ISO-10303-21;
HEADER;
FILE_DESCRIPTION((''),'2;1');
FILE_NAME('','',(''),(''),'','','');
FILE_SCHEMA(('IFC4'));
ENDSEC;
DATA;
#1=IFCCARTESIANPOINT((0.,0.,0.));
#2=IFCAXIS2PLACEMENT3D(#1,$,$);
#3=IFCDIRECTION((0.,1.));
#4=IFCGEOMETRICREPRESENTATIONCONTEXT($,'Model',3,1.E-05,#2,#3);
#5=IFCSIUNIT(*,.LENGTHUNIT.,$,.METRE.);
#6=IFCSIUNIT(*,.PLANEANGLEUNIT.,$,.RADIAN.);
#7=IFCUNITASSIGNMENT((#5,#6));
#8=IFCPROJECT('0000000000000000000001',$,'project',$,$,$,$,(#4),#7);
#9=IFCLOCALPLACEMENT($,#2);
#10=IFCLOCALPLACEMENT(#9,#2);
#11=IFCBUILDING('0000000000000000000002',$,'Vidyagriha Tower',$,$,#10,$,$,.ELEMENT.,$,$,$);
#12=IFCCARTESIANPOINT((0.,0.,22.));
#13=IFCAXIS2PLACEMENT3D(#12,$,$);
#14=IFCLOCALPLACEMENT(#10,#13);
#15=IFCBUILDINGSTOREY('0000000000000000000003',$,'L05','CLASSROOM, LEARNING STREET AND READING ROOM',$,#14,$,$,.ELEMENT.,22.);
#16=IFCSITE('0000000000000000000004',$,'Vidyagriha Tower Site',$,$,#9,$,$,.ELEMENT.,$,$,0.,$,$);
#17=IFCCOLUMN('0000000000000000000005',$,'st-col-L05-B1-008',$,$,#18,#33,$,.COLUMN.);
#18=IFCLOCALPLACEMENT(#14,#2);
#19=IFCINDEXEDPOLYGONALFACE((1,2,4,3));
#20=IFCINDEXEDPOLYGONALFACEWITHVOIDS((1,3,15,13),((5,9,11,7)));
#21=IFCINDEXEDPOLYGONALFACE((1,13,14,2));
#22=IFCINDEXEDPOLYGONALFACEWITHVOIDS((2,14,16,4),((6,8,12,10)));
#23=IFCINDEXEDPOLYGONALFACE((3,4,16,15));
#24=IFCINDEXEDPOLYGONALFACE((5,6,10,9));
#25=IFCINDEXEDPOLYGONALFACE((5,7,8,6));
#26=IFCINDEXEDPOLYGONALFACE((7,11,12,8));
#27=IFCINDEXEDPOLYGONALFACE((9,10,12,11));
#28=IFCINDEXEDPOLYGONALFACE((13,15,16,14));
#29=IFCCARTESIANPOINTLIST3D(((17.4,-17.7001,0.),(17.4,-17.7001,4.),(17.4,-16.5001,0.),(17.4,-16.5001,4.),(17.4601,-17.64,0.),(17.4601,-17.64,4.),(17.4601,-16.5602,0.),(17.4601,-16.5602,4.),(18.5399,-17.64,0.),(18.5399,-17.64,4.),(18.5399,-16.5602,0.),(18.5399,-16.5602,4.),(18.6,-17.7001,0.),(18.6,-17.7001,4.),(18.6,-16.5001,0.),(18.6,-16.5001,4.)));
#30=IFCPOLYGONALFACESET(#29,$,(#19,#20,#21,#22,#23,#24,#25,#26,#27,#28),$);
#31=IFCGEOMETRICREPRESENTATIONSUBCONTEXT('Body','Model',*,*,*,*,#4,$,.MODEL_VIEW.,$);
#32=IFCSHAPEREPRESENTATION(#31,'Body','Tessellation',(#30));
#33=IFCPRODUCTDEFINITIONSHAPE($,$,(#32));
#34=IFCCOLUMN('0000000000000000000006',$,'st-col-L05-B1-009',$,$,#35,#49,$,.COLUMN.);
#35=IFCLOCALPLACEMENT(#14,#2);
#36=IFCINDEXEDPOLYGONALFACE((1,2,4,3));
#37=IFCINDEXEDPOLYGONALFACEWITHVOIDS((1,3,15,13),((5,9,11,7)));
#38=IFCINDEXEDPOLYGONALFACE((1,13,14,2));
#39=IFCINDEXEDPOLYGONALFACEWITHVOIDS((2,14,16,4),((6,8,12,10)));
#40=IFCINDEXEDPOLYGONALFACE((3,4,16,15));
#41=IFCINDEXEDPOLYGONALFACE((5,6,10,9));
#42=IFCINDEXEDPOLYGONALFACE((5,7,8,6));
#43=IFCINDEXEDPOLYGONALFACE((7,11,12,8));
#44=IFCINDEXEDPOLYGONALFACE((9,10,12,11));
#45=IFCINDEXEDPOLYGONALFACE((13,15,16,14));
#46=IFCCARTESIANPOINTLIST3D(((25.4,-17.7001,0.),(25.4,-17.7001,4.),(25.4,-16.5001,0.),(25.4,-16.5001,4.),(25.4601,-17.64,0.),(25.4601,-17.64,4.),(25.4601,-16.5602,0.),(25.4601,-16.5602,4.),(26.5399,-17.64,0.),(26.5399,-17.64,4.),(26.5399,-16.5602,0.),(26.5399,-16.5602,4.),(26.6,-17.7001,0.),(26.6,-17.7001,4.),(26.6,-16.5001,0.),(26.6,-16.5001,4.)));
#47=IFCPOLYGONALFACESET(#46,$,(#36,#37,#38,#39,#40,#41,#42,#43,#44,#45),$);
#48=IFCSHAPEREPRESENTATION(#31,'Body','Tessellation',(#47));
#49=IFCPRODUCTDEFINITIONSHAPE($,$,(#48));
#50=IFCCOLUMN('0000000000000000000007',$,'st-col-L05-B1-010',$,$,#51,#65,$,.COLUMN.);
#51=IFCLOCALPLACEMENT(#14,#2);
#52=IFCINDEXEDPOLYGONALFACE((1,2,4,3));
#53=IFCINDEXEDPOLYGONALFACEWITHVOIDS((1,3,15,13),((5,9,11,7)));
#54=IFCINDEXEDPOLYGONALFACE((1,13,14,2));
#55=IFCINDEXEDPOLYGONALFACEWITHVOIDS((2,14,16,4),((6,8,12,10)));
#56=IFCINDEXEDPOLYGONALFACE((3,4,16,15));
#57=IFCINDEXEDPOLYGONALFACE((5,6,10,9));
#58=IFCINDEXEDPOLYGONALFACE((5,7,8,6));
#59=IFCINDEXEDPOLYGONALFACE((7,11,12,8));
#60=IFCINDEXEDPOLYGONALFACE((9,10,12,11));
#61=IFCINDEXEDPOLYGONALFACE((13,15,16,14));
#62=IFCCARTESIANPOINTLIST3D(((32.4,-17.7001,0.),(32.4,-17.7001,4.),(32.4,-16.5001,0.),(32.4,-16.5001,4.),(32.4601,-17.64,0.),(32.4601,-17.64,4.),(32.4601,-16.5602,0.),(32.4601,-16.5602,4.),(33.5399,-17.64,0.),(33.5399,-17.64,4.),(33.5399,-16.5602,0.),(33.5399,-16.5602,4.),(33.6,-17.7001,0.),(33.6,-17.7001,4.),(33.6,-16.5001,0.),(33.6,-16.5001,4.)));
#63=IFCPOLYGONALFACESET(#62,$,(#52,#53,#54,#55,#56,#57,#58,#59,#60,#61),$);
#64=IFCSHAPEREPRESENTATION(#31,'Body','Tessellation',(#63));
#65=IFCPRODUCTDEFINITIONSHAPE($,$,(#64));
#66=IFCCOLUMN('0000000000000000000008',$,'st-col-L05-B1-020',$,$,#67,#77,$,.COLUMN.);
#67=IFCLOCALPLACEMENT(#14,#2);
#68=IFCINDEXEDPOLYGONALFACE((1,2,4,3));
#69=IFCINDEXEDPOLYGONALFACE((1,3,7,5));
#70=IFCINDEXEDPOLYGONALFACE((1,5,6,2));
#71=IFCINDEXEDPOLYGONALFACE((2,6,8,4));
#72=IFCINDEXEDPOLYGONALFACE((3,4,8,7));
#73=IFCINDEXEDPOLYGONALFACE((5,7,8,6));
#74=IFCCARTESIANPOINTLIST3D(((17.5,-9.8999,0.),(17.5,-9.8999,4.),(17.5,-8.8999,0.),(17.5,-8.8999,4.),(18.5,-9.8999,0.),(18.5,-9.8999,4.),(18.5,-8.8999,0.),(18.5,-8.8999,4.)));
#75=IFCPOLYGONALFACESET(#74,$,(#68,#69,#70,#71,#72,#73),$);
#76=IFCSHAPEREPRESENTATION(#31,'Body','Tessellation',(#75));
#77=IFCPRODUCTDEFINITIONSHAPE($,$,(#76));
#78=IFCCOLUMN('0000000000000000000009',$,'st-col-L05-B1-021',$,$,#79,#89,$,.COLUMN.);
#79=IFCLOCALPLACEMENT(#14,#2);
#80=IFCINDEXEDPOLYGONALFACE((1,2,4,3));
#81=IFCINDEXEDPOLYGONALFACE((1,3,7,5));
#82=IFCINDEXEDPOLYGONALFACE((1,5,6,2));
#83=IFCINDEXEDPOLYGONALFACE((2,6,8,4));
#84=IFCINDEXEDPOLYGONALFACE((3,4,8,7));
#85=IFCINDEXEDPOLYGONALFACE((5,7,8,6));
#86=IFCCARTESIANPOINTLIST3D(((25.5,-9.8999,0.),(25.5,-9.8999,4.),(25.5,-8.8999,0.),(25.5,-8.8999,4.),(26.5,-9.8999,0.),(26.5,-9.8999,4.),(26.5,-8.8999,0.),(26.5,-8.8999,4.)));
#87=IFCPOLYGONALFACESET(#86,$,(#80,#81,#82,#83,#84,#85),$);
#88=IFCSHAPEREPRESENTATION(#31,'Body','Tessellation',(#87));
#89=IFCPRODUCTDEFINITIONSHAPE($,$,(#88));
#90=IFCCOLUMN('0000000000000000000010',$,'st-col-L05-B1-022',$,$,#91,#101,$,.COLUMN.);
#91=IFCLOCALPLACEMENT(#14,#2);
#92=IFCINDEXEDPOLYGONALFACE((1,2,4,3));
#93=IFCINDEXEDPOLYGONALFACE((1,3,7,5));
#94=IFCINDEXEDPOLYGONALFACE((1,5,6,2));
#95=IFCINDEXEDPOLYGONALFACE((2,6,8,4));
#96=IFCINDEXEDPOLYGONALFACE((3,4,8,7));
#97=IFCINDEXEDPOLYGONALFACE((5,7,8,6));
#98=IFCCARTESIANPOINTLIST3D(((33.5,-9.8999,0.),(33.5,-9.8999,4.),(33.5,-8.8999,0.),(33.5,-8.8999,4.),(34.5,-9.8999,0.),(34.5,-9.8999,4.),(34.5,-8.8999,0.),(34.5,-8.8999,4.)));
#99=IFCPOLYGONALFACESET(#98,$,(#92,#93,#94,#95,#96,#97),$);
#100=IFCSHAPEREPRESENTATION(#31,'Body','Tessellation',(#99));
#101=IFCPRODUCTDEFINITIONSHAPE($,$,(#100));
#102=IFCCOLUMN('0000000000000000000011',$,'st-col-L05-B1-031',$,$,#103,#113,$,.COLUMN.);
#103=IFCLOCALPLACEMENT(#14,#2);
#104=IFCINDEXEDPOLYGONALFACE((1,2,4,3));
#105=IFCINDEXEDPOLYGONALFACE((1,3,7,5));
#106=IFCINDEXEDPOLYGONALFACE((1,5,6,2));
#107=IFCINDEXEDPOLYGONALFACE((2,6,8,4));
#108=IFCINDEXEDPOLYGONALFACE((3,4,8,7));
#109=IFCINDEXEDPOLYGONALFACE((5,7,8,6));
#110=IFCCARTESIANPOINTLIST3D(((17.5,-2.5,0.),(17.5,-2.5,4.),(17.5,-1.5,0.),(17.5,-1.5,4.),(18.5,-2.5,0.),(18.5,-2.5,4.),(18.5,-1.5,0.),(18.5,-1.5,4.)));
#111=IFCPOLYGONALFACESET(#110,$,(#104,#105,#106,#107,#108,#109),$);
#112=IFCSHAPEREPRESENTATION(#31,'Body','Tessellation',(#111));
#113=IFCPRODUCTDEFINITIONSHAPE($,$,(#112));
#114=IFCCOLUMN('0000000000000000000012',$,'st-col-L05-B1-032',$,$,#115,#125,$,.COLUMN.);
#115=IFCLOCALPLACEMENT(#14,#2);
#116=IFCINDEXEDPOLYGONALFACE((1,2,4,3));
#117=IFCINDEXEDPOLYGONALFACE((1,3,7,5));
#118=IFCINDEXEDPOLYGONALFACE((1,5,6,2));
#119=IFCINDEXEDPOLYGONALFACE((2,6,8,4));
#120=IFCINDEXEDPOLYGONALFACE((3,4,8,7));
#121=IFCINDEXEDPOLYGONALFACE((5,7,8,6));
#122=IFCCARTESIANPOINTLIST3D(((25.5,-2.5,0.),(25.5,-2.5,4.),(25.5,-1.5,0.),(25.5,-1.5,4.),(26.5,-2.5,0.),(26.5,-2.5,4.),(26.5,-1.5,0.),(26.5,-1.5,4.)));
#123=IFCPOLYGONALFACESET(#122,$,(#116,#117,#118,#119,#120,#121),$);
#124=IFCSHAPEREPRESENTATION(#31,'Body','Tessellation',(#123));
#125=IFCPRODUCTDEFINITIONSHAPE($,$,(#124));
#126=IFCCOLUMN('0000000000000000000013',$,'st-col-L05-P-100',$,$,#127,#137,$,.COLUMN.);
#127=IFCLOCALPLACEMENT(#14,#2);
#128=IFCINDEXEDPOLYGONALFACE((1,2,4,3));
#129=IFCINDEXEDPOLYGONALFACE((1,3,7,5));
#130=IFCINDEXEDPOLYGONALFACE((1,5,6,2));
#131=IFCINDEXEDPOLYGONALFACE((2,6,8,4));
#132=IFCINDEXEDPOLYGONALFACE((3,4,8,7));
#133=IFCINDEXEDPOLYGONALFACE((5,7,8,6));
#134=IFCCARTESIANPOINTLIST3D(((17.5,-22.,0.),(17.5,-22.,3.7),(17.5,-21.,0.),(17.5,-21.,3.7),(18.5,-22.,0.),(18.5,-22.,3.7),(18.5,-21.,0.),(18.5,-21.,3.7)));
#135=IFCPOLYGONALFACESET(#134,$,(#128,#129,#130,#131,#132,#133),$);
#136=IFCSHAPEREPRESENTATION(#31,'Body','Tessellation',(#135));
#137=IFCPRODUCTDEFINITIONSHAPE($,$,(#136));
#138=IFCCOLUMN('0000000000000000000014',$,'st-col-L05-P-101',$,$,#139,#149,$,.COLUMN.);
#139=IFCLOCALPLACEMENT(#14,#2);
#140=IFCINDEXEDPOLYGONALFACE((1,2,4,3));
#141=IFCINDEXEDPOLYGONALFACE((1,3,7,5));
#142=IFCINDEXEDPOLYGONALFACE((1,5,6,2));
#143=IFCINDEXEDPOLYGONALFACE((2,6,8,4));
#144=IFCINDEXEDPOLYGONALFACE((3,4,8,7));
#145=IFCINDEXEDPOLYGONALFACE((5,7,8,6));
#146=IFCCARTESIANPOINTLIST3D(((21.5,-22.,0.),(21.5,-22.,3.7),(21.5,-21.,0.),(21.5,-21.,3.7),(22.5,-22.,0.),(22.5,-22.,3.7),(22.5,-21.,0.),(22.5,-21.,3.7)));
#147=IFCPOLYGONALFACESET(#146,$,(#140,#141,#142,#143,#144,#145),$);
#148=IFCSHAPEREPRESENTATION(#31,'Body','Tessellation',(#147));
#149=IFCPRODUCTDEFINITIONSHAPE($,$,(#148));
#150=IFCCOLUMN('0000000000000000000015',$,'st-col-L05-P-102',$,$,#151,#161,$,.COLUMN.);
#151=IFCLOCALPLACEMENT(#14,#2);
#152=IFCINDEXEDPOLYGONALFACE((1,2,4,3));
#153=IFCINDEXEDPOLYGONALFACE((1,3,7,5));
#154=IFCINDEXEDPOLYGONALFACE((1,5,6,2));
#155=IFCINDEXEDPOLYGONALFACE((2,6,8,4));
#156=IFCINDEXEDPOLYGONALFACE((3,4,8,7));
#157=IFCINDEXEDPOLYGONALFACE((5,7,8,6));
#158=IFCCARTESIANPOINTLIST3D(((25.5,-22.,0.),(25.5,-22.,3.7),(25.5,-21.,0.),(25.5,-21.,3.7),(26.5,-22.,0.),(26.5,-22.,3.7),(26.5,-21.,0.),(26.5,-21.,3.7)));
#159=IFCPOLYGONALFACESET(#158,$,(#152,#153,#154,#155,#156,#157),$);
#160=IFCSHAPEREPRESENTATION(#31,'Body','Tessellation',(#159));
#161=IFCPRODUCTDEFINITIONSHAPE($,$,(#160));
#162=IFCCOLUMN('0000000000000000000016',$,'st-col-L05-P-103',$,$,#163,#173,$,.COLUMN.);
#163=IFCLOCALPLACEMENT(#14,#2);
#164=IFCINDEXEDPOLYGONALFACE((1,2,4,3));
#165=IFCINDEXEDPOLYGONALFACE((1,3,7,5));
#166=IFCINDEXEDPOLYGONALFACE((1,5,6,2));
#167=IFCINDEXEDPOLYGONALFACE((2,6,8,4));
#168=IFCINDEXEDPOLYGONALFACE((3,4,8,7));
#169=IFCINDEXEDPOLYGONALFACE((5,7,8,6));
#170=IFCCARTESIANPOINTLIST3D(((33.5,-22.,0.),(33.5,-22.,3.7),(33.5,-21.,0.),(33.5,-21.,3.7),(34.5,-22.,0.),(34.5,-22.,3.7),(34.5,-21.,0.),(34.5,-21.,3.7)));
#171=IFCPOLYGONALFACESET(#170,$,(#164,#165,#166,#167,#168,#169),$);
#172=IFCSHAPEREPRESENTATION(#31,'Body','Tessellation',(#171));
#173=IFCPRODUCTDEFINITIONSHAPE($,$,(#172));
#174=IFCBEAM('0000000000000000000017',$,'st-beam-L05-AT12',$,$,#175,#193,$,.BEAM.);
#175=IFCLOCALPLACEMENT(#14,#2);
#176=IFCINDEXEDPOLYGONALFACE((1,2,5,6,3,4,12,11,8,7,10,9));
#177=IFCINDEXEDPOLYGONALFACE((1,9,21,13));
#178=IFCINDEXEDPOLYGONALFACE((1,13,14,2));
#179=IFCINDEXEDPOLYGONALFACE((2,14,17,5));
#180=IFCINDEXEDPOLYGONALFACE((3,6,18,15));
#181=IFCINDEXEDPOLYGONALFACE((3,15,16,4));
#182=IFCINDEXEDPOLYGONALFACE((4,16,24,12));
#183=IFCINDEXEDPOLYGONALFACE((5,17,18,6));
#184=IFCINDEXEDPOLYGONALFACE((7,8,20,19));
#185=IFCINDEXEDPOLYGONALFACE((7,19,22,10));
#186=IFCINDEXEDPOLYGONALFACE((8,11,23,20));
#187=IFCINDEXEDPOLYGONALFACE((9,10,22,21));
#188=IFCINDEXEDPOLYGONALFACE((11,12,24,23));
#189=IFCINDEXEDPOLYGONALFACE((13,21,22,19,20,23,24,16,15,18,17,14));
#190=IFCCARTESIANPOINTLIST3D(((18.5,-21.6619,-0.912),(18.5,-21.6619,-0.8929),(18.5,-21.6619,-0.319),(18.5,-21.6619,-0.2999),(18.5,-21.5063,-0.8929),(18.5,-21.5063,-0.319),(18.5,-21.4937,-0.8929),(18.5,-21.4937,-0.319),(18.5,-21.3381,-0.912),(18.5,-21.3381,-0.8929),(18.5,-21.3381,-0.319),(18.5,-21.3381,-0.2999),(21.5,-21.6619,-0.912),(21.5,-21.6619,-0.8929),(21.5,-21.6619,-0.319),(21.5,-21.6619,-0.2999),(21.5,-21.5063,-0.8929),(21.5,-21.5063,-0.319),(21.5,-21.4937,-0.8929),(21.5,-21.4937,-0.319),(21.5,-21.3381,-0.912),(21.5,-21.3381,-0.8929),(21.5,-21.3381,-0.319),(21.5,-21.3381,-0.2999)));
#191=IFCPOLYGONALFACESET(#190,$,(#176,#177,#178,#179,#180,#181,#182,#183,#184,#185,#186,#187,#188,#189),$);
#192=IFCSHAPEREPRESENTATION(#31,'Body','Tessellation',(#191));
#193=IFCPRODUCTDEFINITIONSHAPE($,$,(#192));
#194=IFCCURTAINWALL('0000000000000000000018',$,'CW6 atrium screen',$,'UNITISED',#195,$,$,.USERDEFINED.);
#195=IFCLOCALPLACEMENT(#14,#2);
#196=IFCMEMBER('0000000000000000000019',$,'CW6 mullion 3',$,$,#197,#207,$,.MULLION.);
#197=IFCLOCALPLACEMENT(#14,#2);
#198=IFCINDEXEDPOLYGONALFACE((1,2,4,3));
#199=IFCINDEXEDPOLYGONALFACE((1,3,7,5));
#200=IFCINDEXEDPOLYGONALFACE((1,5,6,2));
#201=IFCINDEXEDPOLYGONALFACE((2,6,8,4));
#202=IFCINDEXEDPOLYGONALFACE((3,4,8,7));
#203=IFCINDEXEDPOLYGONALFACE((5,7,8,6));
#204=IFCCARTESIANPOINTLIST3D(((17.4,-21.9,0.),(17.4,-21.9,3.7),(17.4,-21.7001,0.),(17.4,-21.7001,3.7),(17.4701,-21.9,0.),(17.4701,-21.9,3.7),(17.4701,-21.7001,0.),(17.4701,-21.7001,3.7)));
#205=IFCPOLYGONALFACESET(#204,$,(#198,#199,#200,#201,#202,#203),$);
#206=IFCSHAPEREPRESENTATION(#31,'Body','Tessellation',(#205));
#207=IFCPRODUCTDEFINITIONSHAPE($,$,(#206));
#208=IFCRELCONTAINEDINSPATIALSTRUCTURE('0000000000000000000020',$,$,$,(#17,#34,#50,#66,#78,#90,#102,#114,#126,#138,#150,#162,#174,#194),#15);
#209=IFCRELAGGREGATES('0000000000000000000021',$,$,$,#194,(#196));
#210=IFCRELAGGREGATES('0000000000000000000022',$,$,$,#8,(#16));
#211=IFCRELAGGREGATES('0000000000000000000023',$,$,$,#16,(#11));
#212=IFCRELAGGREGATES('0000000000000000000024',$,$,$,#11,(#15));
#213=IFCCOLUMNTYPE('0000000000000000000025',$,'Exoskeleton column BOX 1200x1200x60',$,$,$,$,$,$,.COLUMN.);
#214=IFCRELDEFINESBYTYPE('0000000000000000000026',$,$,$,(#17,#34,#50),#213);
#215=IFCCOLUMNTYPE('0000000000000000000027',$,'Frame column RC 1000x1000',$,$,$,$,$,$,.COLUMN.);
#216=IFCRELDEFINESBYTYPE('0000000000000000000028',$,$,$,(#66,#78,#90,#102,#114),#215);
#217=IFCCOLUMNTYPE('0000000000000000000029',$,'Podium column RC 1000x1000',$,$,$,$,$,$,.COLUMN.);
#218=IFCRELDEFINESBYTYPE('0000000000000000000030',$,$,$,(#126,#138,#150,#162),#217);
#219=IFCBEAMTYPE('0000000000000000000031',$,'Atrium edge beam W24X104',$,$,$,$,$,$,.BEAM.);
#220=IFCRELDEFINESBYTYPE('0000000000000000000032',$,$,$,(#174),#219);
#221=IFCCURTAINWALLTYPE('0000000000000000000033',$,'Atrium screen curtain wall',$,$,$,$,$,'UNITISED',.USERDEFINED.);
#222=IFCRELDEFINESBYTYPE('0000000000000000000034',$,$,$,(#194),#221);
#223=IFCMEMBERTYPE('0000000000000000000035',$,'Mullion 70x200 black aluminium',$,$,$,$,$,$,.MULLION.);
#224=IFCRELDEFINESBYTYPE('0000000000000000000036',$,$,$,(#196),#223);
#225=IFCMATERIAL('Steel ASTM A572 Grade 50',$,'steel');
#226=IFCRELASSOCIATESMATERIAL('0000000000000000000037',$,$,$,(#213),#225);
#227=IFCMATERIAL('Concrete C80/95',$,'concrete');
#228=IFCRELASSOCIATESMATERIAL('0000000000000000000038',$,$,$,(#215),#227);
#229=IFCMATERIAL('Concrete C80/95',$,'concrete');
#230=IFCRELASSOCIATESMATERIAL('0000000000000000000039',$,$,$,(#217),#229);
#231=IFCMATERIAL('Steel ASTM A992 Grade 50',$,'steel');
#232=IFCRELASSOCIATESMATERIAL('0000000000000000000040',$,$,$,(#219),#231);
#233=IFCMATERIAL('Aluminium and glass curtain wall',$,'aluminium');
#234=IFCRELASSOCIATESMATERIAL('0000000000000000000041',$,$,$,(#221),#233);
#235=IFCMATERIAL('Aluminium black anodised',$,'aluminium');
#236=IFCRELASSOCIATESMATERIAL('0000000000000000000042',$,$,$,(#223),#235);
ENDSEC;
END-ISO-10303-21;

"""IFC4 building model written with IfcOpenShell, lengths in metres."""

from ifc_helpers import new_model, si_unit, direction, frame, origin, origin_2d, place, context, subcontext, project, spatial, rectangle, hollow_rectangle, i_section, extrude, material, material_profile, profile_set, type_object, element, aggregate, save


model = new_model("IFC4")

# Units and contexts
model_context = context("Model", 3, precision=1e-05, world=origin(), true_north=direction((0.0, 1.0)))
body_context = subcontext(model_context, "Body", "Model", "MODEL_VIEW")
ifc_project = project(units=[si_unit("LENGTHUNIT", "METRE"), si_unit("PLANEANGLEUNIT", "RADIAN")], contexts=[model_context])

# Site, building, storey
site_placement = place(None, origin())
site = spatial("IfcSite", under=ifc_project, at=site_placement, Name="Vidyagriha Tower Site", CompositionType="ELEMENT", RefElevation=0.0)
building_placement = place(site_placement, origin())
building = spatial("IfcBuilding", under=site, at=building_placement, Name="Vidyagriha Tower", CompositionType="ELEMENT")
storey_placement = place(building_placement, frame((0.0, 0.0, 22.0)))
storey = spatial("IfcBuildingStorey", under=building, at=storey_placement, Name="L05", Description="CLASSROOM, LEARNING STREET AND READING ROOM", CompositionType="ELEMENT", Elevation=22.0)

# Columns
ifc_material_1 = material(Name="Steel ASTM A572 Grade 50", Category="steel")
ifc_material_profile_1 = material_profile(ifc_material_1, hollow_rectangle(XDim=1.2, YDim=1.2, WallThickness=0.0601, at=origin_2d()), Name="BOX 1200x1200x60")
ifc_profile_set_1 = profile_set([ifc_material_profile_1], Name="Steel ASTM A572 Grade 50")
column_type_1 = type_object("IfcColumnType", Name="Exoskeleton column BOX 1200x1200x60", PredefinedType="COLUMN", material=ifc_profile_set_1)
for number, where, name in (
    (1, (18.0, -17.1001, 0.0), "st-col-L05-B1-008"),
    (2, (26.0, -17.1001, 0.0), "st-col-L05-B1-009"),
    (3, (33.0, -17.1001, 0.0), "st-col-L05-B1-010"),
):
    element("IfcColumn", number, at=place(storey_placement, frame(where)), inside=storey, type_object=column_type_1, Name=name, PredefinedType="COLUMN", context=body_context, shape_type="SweptSolid", body=[
        extrude(hollow_rectangle(XDim=1.2, YDim=1.2, WallThickness=0.0601, at=origin_2d()), origin(), (0.0, 0.0, 1.0), 4.0),
    ])
ifc_material_2 = material(Name="Concrete C80/95", Category="concrete")
ifc_material_profile_2 = material_profile(ifc_material_2, rectangle(XDim=1.0, YDim=1.0, at=origin_2d()), Name="RC 1000x1000")
ifc_profile_set_2 = profile_set([ifc_material_profile_2], Name="Concrete C80/95")
column_type_2 = type_object("IfcColumnType", Name="Frame column RC 1000x1000", PredefinedType="COLUMN", material=ifc_profile_set_2)
for number, where, name in (
    (4, (18.0, -9.3999, 0.0), "st-col-L05-B1-020"),
    (5, (26.0, -9.3999, 0.0), "st-col-L05-B1-021"),
    (6, (34.0, -9.3999, 0.0), "st-col-L05-B1-022"),
    (7, (18.0, -2.0, 0.0), "st-col-L05-B1-031"),
    (8, (26.0, -2.0, 0.0), "st-col-L05-B1-032"),
):
    element("IfcColumn", number, at=place(storey_placement, frame(where)), inside=storey, type_object=column_type_2, Name=name, PredefinedType="COLUMN", context=body_context, shape_type="SweptSolid", body=[
        extrude(rectangle(XDim=1.0, YDim=1.0, at=origin_2d()), origin(), (0.0, 0.0, 1.0), 4.0),
    ])
ifc_material_3 = material(Name="Concrete C80/95", Category="concrete")
ifc_material_profile_3 = material_profile(ifc_material_3, rectangle(XDim=1.0, YDim=1.0, at=origin_2d()), Name="RC 1000x1000")
ifc_profile_set_3 = profile_set([ifc_material_profile_3], Name="Concrete C80/95")
column_type_3 = type_object("IfcColumnType", Name="Podium column RC 1000x1000", PredefinedType="COLUMN", material=ifc_profile_set_3)
for number, where, name in (
    (9, (18.0, -21.5, 0.0), "st-col-L05-P-100"),
    (10, (22.0, -21.5, 0.0), "st-col-L05-P-101"),
    (11, (26.0, -21.5, 0.0), "st-col-L05-P-102"),
    (12, (34.0, -21.5, 0.0), "st-col-L05-P-103"),
):
    element("IfcColumn", number, at=place(storey_placement, frame(where)), inside=storey, type_object=column_type_3, Name=name, PredefinedType="COLUMN", context=body_context, shape_type="SweptSolid", body=[
        extrude(rectangle(XDim=1.0, YDim=1.0, at=origin_2d()), origin(), (0.0, 0.0, 1.0), 3.7),
    ])

# Beam
ifc_material_4 = material(Name="Steel ASTM A992 Grade 50", Category="steel")
ifc_material_profile_4 = material_profile(ifc_material_4, i_section(OverallWidth=0.3237, OverallDepth=0.6121, WebThickness=0.0127, FlangeThickness=0.019, at=origin_2d()), Name="W24X104")
ifc_profile_set_4 = profile_set([ifc_material_profile_4], Name="Steel ASTM A992 Grade 50")
beam_type = type_object("IfcBeamType", Name="Atrium edge beam W24X104", PredefinedType="BEAM", material=ifc_profile_set_4)
beam_placement = place(storey_placement, frame((18.5, -21.5, -0.606), z_axis=(1.0, 0.0, 0.0), x_axis=(0.0, 1.0, 0.0)))
element("IfcBeam", 13, at=beam_placement, inside=storey, type_object=beam_type, Name="st-beam-L05-AT12", PredefinedType="BEAM", context=body_context, shape_type="SweptSolid", body=[
    extrude(i_section(OverallWidth=0.3237, OverallDepth=0.6121, WebThickness=0.0127, FlangeThickness=0.019, at=origin_2d()), origin(), (0.0, 0.0, 1.0), 3.0),
])

# Curtain wall, member
ifc_material_5 = material(Name="Aluminium and glass curtain wall", Category="aluminium")
curtain_wall_type = type_object("IfcCurtainWallType", Name="Atrium screen curtain wall", ElementType="UNITISED", PredefinedType="USERDEFINED", material=ifc_material_5)
curtain_wall_placement = place(storey_placement, origin())
curtain_wall = element("IfcCurtainWall", 14, at=curtain_wall_placement, inside=storey, type_object=curtain_wall_type, Name="CW6 atrium screen", ObjectType="UNITISED", PredefinedType="USERDEFINED")
ifc_material_6 = material(Name="Aluminium black anodised", Category="aluminium")
ifc_material_profile_5 = material_profile(ifc_material_6, rectangle(XDim=0.2, YDim=0.0701, at=origin_2d()), Name="Mullion 70x200 black aluminium")
ifc_profile_set_5 = profile_set([ifc_material_profile_5], Name="Aluminium black anodised")
member_type = type_object("IfcMemberType", Name="Mullion 70x200 black aluminium", PredefinedType="MULLION", material=ifc_profile_set_5)
member_placement = place(storey_placement, frame((17.4351, -21.8, 0.0), z_axis=(0.0, 0.0, 1.0), x_axis=(0.0, 1.0, 0.0)))
member = element("IfcMember", 15, at=member_placement, type_object=member_type, Name="CW6 mullion 3", PredefinedType="MULLION", context=body_context, shape_type="SweptSolid", body=[
    extrude(rectangle(XDim=0.2, YDim=0.0701, at=origin_2d()), origin(), (0.0, 0.0, 1.0), 3.7),
])
aggregate(curtain_wall, [member])

save(model, "model.ifc")
